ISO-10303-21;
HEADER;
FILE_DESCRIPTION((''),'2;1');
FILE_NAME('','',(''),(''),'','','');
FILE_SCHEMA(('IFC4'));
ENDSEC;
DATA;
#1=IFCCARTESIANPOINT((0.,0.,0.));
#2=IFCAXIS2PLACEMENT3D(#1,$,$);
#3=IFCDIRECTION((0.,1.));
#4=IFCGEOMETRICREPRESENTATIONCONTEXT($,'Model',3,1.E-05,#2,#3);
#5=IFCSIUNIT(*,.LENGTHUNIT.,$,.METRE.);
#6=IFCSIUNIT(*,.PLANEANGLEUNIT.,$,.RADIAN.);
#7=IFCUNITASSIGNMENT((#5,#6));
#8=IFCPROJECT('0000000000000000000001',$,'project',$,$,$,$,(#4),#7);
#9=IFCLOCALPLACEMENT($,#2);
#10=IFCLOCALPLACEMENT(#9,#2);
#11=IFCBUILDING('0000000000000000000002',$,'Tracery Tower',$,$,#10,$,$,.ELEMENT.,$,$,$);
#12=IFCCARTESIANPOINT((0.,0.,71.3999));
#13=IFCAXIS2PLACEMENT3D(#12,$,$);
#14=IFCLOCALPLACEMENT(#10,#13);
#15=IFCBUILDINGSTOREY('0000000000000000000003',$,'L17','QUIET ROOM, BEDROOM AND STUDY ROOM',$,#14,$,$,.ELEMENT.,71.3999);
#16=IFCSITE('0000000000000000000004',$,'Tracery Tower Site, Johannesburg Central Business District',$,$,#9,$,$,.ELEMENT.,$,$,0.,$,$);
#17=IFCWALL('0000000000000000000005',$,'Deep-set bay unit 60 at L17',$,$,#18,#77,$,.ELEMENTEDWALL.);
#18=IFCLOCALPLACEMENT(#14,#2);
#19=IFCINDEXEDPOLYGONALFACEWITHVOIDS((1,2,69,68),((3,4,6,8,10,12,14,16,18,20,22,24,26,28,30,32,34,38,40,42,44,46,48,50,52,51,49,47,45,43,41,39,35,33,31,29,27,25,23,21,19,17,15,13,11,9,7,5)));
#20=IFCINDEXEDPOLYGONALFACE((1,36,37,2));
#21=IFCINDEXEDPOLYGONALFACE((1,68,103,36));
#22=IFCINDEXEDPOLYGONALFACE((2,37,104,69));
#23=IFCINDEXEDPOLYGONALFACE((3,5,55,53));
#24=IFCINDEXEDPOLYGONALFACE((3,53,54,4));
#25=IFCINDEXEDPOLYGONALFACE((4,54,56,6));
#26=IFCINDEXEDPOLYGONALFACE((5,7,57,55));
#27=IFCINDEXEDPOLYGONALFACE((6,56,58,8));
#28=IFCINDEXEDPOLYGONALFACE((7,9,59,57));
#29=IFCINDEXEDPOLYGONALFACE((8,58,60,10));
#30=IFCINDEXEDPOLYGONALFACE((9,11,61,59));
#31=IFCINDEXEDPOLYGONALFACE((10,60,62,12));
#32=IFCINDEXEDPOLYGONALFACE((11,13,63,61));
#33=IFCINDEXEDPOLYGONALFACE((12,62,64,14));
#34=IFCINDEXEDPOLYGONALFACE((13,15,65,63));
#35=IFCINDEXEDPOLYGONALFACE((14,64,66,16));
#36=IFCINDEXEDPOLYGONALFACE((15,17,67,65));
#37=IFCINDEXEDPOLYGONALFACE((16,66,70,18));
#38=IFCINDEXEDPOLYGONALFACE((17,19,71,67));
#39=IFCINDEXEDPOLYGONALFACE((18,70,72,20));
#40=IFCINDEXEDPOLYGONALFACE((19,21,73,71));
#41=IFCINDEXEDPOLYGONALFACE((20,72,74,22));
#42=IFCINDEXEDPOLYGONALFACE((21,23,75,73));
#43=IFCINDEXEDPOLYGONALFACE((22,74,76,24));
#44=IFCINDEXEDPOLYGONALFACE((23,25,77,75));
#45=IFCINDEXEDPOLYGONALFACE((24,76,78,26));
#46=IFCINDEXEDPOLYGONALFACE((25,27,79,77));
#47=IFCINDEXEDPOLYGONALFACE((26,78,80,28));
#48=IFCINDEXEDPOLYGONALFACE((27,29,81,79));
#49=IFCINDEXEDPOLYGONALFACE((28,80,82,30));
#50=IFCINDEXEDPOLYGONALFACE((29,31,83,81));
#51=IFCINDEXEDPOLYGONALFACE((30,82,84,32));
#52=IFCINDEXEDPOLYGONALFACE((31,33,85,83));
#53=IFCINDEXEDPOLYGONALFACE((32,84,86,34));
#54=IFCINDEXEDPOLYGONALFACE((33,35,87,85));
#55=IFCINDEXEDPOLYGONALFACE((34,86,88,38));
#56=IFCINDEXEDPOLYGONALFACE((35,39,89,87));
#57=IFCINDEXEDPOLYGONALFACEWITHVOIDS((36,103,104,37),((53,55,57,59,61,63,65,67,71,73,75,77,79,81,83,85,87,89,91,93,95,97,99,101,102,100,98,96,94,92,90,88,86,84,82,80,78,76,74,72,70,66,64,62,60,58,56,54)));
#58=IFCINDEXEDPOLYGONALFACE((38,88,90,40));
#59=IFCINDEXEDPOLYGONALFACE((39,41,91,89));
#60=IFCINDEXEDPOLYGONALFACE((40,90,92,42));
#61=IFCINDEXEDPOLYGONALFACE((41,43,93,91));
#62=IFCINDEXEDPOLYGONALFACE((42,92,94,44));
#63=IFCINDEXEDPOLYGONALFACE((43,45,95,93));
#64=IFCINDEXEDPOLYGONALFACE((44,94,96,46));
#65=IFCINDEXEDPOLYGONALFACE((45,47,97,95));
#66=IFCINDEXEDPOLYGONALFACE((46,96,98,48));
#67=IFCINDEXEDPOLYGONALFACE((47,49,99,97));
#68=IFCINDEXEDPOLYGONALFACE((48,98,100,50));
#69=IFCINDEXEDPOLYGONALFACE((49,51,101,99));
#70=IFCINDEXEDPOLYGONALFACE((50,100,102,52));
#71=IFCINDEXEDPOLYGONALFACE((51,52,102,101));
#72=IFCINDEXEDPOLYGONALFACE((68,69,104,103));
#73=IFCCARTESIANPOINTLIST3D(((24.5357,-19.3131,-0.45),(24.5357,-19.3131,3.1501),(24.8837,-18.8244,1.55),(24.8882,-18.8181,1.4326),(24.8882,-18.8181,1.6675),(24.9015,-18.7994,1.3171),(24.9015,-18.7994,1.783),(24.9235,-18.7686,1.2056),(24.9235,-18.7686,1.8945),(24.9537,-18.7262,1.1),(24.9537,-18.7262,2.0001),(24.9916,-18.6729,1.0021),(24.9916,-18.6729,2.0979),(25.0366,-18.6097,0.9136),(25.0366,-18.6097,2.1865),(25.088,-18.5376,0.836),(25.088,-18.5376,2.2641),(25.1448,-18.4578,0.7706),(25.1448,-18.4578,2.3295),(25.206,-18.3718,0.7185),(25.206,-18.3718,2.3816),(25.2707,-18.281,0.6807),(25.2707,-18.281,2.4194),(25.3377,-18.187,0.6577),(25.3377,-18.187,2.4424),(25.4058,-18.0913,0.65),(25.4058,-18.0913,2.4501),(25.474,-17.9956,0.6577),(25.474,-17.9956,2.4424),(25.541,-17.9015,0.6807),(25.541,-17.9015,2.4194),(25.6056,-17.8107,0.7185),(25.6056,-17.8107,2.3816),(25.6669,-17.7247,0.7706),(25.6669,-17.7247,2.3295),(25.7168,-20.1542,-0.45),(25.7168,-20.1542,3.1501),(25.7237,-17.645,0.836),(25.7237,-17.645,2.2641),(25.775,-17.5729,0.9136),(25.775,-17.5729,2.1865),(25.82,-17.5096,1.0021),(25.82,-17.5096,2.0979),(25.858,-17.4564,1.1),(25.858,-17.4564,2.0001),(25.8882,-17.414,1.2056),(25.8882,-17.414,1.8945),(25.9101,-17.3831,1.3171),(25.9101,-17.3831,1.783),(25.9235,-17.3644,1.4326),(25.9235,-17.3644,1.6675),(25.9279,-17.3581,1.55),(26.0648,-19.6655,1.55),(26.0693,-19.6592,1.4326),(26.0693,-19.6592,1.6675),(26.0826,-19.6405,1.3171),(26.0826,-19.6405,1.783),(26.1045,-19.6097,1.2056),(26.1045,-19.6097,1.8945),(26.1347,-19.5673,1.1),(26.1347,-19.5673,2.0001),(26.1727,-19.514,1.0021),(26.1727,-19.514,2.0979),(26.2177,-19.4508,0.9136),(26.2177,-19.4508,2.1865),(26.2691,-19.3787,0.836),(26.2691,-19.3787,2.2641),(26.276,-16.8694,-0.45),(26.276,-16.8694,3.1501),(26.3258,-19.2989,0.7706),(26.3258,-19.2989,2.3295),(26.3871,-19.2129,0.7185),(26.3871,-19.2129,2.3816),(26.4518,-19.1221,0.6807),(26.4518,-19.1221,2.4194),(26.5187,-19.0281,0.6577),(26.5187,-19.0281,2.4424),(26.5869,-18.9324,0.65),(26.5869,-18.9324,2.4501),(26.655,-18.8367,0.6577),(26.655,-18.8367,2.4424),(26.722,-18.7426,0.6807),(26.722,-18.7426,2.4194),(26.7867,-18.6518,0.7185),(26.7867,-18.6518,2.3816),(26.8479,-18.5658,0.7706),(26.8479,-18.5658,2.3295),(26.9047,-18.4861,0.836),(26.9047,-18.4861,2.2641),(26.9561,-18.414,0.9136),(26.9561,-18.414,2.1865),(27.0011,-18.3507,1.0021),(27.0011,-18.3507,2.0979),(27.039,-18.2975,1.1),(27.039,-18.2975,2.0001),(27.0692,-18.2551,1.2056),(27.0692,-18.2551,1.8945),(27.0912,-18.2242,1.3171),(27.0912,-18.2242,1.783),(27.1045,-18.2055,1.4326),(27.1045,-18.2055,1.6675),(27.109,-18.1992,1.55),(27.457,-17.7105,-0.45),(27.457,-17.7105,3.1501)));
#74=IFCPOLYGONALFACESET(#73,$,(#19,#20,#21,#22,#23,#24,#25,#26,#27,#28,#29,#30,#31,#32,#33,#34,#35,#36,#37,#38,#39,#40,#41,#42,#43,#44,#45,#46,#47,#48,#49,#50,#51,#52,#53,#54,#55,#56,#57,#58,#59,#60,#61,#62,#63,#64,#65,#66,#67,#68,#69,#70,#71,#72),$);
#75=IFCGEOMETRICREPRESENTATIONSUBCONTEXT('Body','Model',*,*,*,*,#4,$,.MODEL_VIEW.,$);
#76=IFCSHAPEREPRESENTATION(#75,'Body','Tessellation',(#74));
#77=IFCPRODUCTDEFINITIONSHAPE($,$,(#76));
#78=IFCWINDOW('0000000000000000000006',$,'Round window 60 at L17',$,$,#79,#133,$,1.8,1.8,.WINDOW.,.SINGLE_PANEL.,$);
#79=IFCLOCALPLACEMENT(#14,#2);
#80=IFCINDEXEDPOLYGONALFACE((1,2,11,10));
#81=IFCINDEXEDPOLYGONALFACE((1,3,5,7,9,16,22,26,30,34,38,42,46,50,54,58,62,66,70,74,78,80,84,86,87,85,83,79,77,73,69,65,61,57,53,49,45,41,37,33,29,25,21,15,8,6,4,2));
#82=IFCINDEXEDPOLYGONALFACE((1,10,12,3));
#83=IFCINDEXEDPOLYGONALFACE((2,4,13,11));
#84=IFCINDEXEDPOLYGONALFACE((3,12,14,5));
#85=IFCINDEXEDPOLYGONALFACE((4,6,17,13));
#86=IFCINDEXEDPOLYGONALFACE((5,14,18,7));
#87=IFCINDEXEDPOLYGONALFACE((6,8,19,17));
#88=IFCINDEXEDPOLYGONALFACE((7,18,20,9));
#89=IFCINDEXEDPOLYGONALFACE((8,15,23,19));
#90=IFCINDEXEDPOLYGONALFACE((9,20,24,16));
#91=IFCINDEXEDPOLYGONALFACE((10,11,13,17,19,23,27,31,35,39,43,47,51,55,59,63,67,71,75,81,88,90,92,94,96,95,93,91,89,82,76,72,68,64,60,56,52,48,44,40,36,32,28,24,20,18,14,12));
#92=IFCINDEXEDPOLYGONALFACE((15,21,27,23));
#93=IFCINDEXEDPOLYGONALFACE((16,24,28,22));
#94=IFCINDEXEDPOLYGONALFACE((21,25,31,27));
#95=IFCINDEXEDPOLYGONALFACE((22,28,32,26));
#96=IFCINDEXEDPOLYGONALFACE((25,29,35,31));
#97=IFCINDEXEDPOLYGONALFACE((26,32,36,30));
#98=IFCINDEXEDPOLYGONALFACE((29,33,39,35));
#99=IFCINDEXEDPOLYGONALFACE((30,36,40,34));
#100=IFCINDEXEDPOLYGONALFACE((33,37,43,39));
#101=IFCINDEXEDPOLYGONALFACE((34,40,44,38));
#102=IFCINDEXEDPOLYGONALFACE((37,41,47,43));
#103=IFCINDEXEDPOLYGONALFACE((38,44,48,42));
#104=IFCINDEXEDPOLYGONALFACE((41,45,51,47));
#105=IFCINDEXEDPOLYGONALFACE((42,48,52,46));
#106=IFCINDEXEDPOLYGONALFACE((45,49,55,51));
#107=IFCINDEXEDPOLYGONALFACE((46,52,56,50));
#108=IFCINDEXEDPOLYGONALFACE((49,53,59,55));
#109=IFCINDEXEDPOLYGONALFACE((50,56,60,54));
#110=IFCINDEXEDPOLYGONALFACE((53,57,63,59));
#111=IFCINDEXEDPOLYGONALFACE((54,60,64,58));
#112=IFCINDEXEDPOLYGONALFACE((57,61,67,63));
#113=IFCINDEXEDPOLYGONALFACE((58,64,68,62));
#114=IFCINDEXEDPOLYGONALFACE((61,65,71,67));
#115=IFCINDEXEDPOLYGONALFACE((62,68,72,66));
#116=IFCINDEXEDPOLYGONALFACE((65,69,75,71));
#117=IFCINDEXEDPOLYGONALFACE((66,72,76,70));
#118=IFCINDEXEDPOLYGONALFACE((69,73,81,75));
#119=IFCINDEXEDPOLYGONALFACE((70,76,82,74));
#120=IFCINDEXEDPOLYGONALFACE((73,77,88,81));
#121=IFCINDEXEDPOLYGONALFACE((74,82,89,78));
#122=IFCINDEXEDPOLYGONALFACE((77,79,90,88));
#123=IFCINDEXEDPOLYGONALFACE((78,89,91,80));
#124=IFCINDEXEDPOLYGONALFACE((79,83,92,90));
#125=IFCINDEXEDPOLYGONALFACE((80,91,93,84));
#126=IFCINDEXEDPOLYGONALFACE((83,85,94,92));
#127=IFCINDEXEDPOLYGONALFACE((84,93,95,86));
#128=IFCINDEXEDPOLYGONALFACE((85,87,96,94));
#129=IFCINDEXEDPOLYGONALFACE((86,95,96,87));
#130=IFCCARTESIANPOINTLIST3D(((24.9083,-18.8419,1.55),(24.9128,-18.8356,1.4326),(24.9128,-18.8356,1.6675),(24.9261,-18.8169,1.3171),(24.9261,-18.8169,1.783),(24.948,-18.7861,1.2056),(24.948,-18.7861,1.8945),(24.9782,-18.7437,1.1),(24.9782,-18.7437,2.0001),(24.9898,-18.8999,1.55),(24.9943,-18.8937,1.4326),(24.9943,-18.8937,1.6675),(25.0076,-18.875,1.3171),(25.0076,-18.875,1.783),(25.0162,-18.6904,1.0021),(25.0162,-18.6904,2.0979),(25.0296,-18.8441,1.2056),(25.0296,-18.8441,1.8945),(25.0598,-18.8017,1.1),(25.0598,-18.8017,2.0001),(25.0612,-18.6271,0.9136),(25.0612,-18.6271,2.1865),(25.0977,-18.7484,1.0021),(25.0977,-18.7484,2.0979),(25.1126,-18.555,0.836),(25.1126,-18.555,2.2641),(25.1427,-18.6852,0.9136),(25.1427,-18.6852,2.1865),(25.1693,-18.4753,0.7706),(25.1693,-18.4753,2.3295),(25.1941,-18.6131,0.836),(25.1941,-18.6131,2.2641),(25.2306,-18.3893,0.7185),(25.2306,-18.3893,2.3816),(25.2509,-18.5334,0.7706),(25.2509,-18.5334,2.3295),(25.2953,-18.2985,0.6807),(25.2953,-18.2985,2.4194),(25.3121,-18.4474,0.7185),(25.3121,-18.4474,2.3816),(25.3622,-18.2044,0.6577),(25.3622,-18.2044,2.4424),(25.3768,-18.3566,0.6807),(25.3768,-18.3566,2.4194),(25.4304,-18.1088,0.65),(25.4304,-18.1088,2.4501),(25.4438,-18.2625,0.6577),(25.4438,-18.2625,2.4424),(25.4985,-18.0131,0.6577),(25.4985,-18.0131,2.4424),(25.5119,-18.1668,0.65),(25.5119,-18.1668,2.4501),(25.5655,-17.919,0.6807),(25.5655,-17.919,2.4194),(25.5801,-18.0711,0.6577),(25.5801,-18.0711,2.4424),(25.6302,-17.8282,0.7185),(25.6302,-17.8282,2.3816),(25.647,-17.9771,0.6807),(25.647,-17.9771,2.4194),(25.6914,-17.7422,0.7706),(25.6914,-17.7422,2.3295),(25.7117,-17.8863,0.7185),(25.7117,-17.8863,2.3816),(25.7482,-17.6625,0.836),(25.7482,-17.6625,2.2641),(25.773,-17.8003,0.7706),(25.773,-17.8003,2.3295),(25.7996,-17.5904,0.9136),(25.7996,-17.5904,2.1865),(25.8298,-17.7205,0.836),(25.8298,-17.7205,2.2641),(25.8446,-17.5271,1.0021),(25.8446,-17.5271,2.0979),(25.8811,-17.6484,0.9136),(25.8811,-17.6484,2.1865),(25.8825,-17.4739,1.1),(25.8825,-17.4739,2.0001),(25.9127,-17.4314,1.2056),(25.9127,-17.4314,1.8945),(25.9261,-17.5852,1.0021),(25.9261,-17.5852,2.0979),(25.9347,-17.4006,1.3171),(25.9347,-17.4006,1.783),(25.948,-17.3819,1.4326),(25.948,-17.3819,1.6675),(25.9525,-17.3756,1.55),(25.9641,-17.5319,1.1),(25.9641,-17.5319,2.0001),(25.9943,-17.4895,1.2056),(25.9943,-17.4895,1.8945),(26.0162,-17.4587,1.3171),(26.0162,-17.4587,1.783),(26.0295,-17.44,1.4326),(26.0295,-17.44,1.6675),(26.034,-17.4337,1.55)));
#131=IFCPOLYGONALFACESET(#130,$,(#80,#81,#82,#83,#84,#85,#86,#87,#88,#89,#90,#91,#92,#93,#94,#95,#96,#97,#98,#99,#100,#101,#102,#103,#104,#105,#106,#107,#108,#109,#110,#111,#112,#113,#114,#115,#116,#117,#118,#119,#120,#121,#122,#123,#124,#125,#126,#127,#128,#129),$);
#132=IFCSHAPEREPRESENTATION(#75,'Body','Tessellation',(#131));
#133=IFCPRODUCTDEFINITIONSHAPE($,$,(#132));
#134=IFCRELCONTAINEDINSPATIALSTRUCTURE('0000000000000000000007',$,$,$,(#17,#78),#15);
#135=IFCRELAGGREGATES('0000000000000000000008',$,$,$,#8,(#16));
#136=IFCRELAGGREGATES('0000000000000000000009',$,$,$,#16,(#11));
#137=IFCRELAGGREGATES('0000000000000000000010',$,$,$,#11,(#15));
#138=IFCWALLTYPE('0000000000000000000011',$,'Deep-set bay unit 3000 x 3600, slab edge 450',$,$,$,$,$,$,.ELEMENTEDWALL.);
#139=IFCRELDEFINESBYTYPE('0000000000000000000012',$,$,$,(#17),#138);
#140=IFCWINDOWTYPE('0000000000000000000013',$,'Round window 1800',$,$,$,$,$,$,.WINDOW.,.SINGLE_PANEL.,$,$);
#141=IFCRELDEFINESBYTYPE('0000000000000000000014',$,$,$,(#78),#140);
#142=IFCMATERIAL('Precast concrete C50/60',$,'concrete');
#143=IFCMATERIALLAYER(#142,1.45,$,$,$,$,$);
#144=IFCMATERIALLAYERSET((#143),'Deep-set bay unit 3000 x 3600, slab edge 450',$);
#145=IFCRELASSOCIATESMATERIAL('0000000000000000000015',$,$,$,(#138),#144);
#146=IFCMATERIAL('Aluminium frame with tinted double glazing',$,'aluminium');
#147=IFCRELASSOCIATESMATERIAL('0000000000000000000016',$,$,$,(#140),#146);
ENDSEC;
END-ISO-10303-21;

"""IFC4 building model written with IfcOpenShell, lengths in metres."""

from ifc_helpers import new_model, si_unit, direction, frame, frame_2d, origin, origin_2d, place, context, subcontext, project, spatial, rectangle, circle, extrude, material, layer, layer_set, type_object, element, fill, save


model = new_model("IFC4")

# Units and contexts
model_context = context("Model", 3, precision=1e-05, world=origin(), true_north=direction((0.0, 1.0)))
body_context = subcontext(model_context, "Body", "Model", "MODEL_VIEW")
ifc_project = project(units=[si_unit("LENGTHUNIT", "METRE"), si_unit("PLANEANGLEUNIT", "RADIAN")], contexts=[model_context])

# Site, building, storey
site_placement = place(None, origin())
site = spatial("IfcSite", under=ifc_project, at=site_placement, Name="Tracery Tower Site, Johannesburg Central Business District", CompositionType="ELEMENT", RefElevation=0.0)
building_placement = place(site_placement, origin())
building = spatial("IfcBuilding", under=site, at=building_placement, Name="Tracery Tower", CompositionType="ELEMENT")
storey_placement = place(building_placement, frame((0.0, 0.0, 71.3999)))
storey = spatial("IfcBuildingStorey", under=building, at=storey_placement, Name="L17", Description="QUIET ROOM, BEDROOM AND STUDY ROOM", CompositionType="ELEMENT", Elevation=71.3999)

# Wall, opening, window
ifc_material_1 = material(Name="Precast concrete C50/60", Category="concrete")
ifc_layer_1 = layer(ifc_material_1, 1.45)
ifc_layer_set_1 = layer_set([ifc_layer_1], Name="Deep-set bay unit 3000 x 3600, slab edge 450")
wall_type_1 = type_object("IfcWallType", Name="Deep-set bay unit 3000 x 3600, slab edge 450", PredefinedType="ELEMENTEDWALL", material=ifc_layer_set_1)
ifc_material_2 = material(Name="Aluminium frame with tinted double glazing", Category="aluminium")
window_type = type_object("IfcWindowType", Name="Round window 1800", PartitioningType="SINGLE_PANEL", PredefinedType="WINDOW", material=ifc_material_2)
wall_1_placement = place(storey_placement, frame((25.1262, -19.7336, -0.45), z_axis=(0.0, 0.0, 1.0), x_axis=(0.580091, 0.814552, 0.0)))
wall_1 = element("IfcWall", 1, at=wall_1_placement, inside=storey, type_object=wall_type_1, Name="Deep-set bay unit 60 at L17", PredefinedType="ELEMENTEDWALL", context=body_context, shape_type="SweptSolid", body=[
    extrude(rectangle(XDim=3.0, YDim=1.45, at=frame_2d((1.5, 0.0))), origin(), (0.0, 0.0, 1.0), 3.6001),
])
opening_1_placement = place(wall_1_placement, frame((1.5, 0.0, 2.0)))
opening_1 = element("IfcOpeningElement", 2, at=opening_1_placement, cuts=wall_1, PredefinedType="OPENING", context=body_context, shape_type="SweptSolid", body=[
    extrude(circle(Radius=0.9, at=origin_2d()), frame((0.0, 0.7349, 0.0), z_axis=(0.0, -1.0, 0.0), x_axis=(1.0, 0.0, 0.0)), (0.0, 0.0, 1.0), 1.47),
])
window_1_placement = place(opening_1_placement, origin())
window_1 = element("IfcWindow", 3, at=window_1_placement, inside=storey, type_object=window_type, Name="Round window 60 at L17", OverallHeight=1.8, OverallWidth=1.8, PartitioningType="SINGLE_PANEL", PredefinedType="WINDOW", context=body_context, shape_type="SweptSolid", body=[
    extrude(circle(Radius=0.9, at=origin_2d()), frame((0.0, 0.6948, 0.0), z_axis=(0.0, -1.0, 0.0), x_axis=(1.0, 0.0, 0.0)), (0.0, 0.0, 1.0), 0.1001),
])
fill(opening_1, window_1)

save(model, "model.ifc")
